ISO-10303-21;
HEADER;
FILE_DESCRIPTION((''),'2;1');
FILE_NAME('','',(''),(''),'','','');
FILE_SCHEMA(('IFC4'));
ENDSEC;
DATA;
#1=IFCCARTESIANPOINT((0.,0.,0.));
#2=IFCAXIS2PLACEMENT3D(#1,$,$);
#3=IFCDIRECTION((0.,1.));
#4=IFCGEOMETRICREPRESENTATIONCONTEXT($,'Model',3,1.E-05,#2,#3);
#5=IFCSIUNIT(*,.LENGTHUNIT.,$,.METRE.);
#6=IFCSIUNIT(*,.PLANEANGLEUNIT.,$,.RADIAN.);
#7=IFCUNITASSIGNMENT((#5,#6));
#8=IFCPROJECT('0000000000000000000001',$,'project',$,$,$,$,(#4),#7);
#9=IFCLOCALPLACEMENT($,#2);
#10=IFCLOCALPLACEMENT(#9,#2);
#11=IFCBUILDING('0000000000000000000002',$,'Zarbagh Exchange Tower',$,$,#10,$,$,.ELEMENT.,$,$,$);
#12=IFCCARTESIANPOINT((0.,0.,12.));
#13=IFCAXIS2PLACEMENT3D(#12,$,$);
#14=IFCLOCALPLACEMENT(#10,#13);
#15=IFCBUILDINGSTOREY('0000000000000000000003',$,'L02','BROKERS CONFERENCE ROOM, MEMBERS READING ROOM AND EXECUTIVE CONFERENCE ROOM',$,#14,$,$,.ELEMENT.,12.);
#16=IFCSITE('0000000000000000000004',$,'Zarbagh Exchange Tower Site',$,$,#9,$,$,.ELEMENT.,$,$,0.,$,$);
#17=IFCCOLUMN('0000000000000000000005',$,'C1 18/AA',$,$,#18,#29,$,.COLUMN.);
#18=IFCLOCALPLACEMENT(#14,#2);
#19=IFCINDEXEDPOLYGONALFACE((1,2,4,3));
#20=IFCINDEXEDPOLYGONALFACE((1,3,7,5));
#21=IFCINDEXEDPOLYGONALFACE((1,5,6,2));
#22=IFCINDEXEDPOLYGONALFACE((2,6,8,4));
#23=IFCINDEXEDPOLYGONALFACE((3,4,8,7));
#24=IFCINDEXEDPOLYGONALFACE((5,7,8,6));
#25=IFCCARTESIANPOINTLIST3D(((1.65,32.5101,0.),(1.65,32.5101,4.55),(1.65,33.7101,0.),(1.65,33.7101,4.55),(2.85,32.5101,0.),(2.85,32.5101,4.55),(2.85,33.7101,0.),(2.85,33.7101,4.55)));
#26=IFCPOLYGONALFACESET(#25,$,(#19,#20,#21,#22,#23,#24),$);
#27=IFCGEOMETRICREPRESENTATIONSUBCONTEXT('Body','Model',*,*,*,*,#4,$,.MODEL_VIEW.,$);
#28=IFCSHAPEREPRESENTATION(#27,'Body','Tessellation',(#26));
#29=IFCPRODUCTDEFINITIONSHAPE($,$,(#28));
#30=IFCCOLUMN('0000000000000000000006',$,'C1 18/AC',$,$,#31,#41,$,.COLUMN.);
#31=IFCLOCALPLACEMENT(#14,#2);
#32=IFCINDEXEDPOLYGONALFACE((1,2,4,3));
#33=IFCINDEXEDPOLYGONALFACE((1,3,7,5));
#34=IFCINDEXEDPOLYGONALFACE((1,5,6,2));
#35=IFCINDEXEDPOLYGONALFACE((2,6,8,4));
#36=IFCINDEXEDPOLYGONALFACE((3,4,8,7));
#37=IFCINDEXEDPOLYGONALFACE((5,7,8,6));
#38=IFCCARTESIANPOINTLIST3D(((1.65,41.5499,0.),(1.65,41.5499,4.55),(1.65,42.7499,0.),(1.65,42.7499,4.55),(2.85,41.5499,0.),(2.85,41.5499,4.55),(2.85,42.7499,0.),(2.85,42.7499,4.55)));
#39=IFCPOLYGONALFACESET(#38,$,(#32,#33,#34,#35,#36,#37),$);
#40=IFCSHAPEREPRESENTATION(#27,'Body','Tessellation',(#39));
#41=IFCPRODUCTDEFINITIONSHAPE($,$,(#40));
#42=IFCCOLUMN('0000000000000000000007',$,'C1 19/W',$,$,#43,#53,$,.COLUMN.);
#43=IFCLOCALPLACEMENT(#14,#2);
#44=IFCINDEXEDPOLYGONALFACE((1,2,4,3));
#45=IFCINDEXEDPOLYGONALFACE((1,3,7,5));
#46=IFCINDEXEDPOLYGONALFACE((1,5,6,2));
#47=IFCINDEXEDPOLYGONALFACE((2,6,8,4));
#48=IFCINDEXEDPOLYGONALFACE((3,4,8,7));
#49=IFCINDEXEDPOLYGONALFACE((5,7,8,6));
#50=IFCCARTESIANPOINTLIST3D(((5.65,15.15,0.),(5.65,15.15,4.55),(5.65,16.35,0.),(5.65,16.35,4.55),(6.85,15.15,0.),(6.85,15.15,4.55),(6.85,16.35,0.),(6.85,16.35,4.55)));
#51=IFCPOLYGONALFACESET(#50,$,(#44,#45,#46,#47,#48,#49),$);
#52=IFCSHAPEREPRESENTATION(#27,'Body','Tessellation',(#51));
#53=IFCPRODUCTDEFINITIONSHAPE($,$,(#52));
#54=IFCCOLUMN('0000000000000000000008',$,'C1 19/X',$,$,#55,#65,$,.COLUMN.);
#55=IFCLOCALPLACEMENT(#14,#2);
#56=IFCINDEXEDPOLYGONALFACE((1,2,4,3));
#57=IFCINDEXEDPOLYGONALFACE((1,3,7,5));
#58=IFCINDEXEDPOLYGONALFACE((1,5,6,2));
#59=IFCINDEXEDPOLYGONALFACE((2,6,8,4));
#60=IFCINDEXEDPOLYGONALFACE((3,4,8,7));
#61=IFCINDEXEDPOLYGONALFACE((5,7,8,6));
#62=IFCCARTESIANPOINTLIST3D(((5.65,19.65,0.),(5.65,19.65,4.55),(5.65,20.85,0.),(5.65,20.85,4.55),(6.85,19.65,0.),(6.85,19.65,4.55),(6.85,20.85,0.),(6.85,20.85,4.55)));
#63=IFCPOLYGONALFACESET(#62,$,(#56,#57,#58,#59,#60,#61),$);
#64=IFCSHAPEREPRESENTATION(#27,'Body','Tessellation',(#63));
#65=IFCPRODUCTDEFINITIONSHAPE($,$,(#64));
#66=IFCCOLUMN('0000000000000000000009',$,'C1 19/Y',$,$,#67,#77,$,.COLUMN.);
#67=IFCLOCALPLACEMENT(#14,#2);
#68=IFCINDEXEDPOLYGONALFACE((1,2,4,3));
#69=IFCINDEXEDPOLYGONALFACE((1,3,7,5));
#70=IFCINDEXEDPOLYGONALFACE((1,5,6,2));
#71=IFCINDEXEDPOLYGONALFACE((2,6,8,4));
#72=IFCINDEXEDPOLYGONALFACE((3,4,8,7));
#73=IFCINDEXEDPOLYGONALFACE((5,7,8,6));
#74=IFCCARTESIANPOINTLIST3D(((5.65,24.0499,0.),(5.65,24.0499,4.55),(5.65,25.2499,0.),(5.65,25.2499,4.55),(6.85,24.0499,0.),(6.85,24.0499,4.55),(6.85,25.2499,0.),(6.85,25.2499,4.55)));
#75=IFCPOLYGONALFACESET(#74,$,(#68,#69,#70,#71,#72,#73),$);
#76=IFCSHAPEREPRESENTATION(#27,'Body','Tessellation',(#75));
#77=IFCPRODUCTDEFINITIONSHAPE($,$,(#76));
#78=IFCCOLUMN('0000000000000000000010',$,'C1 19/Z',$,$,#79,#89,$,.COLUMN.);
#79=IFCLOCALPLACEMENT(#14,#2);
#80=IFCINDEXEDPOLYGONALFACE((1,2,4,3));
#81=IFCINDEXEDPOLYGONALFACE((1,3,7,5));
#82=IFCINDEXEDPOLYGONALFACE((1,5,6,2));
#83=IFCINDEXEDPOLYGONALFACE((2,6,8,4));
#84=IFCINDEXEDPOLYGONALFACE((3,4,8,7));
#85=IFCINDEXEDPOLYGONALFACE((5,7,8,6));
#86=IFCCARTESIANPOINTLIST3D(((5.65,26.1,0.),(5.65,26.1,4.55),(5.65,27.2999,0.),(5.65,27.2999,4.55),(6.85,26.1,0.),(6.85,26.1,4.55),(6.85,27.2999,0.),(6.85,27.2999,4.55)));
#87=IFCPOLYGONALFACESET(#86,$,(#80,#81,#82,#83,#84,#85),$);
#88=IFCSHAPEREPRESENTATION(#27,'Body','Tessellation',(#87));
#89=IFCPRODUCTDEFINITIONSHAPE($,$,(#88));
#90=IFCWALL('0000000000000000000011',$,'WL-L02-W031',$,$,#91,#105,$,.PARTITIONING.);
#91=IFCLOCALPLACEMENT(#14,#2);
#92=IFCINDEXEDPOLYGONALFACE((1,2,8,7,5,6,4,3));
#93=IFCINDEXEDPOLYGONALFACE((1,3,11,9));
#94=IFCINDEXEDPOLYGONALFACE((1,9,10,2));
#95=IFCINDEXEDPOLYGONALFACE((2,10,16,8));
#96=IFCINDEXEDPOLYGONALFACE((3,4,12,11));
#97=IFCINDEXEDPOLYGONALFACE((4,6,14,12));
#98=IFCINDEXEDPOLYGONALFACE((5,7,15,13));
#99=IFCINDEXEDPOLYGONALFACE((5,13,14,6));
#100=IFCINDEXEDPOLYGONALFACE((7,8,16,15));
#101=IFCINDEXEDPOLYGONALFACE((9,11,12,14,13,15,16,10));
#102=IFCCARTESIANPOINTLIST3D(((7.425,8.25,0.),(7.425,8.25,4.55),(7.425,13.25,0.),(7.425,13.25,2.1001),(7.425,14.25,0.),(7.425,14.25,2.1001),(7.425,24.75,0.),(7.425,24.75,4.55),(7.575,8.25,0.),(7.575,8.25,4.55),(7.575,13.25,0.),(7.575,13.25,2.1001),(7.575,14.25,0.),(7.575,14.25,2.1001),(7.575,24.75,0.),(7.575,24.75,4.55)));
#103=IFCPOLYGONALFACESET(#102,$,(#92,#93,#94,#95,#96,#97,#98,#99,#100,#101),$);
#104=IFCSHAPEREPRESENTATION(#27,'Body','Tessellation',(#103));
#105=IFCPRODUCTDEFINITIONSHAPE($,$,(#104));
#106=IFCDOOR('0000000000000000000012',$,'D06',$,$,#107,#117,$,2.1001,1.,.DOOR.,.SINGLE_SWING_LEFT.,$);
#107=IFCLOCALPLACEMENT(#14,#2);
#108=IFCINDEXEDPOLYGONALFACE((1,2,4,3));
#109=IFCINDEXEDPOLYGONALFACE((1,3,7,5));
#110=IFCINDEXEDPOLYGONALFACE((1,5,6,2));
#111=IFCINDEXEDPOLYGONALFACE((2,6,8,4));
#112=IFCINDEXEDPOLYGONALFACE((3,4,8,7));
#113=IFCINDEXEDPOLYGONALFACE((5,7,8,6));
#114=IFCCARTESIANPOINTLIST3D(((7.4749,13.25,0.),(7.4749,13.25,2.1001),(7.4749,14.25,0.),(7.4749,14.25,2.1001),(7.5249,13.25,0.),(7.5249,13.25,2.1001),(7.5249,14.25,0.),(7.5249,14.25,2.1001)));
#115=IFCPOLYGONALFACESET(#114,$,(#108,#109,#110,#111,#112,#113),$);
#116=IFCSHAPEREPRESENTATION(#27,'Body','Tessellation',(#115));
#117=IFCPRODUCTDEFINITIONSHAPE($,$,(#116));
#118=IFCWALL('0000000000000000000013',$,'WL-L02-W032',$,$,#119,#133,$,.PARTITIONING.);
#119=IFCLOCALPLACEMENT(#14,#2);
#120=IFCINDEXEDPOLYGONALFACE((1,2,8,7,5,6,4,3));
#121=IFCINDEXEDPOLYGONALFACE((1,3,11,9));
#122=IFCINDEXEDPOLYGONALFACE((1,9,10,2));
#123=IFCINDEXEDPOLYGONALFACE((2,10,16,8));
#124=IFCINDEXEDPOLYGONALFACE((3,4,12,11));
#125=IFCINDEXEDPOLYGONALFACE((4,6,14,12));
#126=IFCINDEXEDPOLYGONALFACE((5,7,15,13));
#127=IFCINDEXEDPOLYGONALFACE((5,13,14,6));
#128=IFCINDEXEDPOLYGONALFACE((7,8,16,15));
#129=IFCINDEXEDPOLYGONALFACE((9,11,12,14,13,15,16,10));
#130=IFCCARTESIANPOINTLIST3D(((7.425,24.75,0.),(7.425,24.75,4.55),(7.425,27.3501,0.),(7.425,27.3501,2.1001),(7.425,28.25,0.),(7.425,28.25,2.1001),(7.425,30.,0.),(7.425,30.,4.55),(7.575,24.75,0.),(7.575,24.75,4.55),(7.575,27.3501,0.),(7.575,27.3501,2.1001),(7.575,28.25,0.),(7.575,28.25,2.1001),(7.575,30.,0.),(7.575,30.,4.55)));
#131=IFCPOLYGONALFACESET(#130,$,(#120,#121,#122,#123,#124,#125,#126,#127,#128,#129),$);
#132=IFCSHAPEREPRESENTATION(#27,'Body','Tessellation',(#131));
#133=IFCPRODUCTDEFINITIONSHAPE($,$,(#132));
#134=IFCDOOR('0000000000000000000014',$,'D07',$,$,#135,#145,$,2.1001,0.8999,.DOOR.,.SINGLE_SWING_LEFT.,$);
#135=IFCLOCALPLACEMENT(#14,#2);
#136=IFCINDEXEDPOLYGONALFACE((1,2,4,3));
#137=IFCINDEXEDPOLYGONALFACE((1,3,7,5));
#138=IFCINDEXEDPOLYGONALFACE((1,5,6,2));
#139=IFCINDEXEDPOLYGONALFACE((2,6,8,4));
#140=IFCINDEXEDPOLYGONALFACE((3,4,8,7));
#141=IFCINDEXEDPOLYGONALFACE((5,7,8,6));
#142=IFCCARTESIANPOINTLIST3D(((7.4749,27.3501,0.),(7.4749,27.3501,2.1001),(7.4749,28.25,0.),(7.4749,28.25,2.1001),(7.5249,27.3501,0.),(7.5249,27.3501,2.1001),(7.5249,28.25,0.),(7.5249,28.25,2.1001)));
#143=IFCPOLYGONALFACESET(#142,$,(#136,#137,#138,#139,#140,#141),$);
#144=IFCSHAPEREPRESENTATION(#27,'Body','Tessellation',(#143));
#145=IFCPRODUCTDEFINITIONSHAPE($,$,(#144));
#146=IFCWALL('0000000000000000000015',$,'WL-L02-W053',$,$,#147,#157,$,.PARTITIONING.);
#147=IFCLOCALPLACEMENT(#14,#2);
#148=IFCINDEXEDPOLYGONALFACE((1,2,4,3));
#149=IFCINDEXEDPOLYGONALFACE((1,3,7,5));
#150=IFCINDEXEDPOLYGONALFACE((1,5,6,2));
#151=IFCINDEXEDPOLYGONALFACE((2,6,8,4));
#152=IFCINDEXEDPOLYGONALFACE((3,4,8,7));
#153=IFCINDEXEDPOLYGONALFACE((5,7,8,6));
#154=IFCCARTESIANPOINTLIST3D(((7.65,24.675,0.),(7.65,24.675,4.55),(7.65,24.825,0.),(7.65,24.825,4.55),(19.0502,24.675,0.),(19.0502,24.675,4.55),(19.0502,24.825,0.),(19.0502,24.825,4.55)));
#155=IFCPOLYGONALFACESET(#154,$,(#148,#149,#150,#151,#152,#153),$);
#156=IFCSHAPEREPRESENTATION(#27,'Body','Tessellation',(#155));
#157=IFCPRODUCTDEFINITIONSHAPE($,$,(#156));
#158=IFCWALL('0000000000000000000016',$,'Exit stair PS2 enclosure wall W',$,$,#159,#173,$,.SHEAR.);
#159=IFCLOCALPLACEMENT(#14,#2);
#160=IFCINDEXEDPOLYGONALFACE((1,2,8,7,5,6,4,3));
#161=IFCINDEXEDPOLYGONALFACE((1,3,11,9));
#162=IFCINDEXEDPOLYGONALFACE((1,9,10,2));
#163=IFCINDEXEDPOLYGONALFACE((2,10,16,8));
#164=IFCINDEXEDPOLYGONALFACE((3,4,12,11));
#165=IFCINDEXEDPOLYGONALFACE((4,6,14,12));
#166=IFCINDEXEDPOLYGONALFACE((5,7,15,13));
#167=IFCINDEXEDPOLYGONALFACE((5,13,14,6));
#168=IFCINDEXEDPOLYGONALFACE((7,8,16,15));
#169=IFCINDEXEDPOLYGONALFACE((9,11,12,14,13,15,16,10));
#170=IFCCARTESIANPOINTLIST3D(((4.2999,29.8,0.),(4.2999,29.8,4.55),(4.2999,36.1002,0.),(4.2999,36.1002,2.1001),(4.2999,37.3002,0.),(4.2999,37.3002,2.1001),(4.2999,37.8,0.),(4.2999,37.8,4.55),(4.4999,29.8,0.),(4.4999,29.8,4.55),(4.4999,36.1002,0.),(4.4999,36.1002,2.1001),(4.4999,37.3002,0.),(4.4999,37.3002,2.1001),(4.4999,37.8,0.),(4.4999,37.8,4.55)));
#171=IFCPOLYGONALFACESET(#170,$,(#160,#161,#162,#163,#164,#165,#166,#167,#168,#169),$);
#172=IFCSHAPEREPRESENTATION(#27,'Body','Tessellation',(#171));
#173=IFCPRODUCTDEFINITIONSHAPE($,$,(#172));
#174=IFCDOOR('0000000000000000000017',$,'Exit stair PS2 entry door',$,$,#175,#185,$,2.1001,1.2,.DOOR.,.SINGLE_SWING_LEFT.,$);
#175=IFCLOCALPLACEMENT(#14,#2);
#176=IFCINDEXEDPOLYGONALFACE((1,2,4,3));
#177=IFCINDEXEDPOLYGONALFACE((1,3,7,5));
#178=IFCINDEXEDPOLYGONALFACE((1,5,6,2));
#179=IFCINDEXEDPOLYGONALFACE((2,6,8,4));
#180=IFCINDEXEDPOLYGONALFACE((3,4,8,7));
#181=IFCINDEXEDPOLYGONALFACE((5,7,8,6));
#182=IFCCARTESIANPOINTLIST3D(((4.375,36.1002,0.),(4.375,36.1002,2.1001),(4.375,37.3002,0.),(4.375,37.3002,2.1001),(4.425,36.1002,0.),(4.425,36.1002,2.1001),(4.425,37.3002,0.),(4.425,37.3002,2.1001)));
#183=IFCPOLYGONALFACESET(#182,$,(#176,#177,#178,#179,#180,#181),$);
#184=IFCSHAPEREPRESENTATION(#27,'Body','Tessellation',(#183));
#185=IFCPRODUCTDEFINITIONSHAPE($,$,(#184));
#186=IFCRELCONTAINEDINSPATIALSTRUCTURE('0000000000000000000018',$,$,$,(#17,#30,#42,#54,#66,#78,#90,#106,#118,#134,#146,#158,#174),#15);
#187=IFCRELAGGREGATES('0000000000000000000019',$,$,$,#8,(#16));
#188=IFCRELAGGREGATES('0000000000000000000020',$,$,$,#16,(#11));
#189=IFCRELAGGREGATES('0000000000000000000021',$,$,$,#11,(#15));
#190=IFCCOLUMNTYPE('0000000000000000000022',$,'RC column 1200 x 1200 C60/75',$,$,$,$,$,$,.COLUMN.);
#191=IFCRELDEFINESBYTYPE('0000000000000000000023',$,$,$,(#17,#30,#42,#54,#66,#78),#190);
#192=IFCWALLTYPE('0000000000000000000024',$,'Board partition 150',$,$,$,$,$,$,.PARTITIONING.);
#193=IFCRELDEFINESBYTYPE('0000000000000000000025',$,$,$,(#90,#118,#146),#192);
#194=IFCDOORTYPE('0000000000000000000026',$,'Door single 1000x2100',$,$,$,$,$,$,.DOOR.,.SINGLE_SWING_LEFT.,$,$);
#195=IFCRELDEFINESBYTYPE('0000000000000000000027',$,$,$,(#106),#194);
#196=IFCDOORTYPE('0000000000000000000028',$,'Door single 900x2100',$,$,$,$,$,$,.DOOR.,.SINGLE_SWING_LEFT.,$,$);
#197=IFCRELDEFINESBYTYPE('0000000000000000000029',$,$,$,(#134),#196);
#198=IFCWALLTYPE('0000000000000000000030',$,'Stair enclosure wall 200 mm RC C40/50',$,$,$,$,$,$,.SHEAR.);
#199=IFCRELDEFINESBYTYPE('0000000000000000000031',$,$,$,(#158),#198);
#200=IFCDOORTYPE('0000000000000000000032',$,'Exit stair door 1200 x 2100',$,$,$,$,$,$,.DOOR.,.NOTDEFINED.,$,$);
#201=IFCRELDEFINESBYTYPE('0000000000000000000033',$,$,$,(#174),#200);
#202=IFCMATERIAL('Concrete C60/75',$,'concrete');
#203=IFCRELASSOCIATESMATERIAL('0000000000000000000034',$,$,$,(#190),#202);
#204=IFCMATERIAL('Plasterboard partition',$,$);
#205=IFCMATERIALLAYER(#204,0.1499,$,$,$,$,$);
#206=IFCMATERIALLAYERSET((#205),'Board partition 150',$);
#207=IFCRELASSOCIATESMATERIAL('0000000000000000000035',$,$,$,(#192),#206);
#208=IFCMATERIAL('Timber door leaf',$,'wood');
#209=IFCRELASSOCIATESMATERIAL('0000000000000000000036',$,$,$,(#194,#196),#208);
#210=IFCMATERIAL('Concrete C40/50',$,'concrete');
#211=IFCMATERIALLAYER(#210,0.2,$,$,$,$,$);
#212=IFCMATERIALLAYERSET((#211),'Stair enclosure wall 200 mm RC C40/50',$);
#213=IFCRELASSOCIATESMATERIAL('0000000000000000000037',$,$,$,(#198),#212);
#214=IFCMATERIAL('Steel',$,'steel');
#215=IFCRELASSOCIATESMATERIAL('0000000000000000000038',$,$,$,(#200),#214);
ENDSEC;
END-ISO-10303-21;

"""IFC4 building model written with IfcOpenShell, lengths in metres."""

from ifc_helpers import new_model, si_unit, direction, frame, frame_2d, origin, origin_2d, place, context, subcontext, project, spatial, rectangle, extrude, material, layer, layer_set, material_profile, profile_set, type_object, element, fill, save


model = new_model("IFC4")

# Units and contexts
model_context = context("Model", 3, precision=1e-05, world=origin(), true_north=direction((0.0, 1.0)))
body_context = subcontext(model_context, "Body", "Model", "MODEL_VIEW")
ifc_project = project(units=[si_unit("LENGTHUNIT", "METRE"), si_unit("PLANEANGLEUNIT", "RADIAN")], contexts=[model_context])

# Site, building, storey
site_placement = place(None, origin())
site = spatial("IfcSite", under=ifc_project, at=site_placement, Name="Zarbagh Exchange Tower Site", CompositionType="ELEMENT", RefElevation=0.0)
building_placement = place(site_placement, origin())
building = spatial("IfcBuilding", under=site, at=building_placement, Name="Zarbagh Exchange Tower", CompositionType="ELEMENT")
storey_placement = place(building_placement, frame((0.0, 0.0, 12.0)))
storey = spatial("IfcBuildingStorey", under=building, at=storey_placement, Name="L02", Description="BROKERS CONFERENCE ROOM, MEMBERS READING ROOM AND EXECUTIVE CONFERENCE ROOM", CompositionType="ELEMENT", Elevation=12.0)

# Columns
ifc_material_1 = material(Name="Concrete C60/75", Category="concrete")
ifc_material_profile = material_profile(ifc_material_1, rectangle(XDim=1.2, YDim=1.2, at=origin_2d()), Name="RC column 1200 x 1200 C60/75")
ifc_profile_set = profile_set([ifc_material_profile], Name="Concrete C60/75")
column_type = type_object("IfcColumnType", Name="RC column 1200 x 1200 C60/75", PredefinedType="COLUMN", material=ifc_profile_set)
for number, where, z_axis, x_axis, name in (
    (1, (2.25, 33.1101, 0.0), (0.0, 0.0, 1.0), (1.0, 0.0, 0.0), "C1 18/AA"),
    (2, (2.25, 42.1499, 0.0), (0.0, 0.0, 1.0), (1.0, 0.0, 0.0), "C1 18/AC"),
    (3, (6.25, 15.75, 0.0), (0.0, 0.0, 1.0), (1.0, 0.0, 0.0), "C1 19/W"),
    (4, (6.25, 20.25, 0.0), (0.0, 0.0, 1.0), (1.0, 0.0, 0.0), "C1 19/X"),
    (5, (6.25, 24.6499, 0.0), (0.0, 0.0, 1.0), (1.0, 0.0, 0.0), "C1 19/Y"),
    (6, (6.25, 26.7, 0.0), (0.0, 0.0, 1.0), (1.0, 0.0, 0.0), "C1 19/Z"),
):
    element("IfcColumn", number, at=place(storey_placement, frame(where, z_axis=z_axis, x_axis=x_axis)), inside=storey, type_object=column_type, Name=name, PredefinedType="COLUMN", context=body_context, shape_type="SweptSolid", body=[
        extrude(rectangle(XDim=1.2, YDim=1.2, at=origin_2d()), origin(), (0.0, 0.0, 1.0), 4.55),
    ])

# Walls, openings, doors
ifc_material_2 = material(Name="Plasterboard partition")
ifc_layer_1 = layer(ifc_material_2, 0.1499)
ifc_layer_set_1 = layer_set([ifc_layer_1], Name="Board partition 150")
wall_type_1 = type_object("IfcWallType", Name="Board partition 150", PredefinedType="PARTITIONING", material=ifc_layer_set_1)
wall_1_placement = place(storey_placement, frame((7.5, 24.75, 0.0), z_axis=(0.0, 0.0, 1.0), x_axis=(0.0, -1.0, 0.0)))
wall_1 = element("IfcWall", 7, at=wall_1_placement, inside=storey, type_object=wall_type_1, Name="WL-L02-W031", PredefinedType="PARTITIONING", context=body_context, shape_type="SweptSolid", body=[
    extrude(rectangle(XDim=16.5, YDim=0.1499, at=frame_2d((8.25, 0.0))), origin(), (0.0, 0.0, 1.0), 4.55),
])
opening_1_placement = place(wall_1_placement, frame((10.5, 0.0, 0.0)))
opening_1 = element("IfcOpeningElement", 8, at=opening_1_placement, cuts=wall_1, PredefinedType="OPENING", context=body_context, shape_type="SweptSolid", body=[
    extrude(rectangle(XDim=1.0, YDim=2.1001, at=frame_2d((0.5, 1.05))), frame((0.0, 0.085, 0.0), z_axis=(0.0, -1.0, 0.0), x_axis=(1.0, 0.0, 0.0)), (0.0, 0.0, 1.0), 0.1699),
])
ifc_material_3 = material(Name="Timber door leaf", Category="wood")
door_type_1 = type_object("IfcDoorType", Name="Door single 1000x2100", OperationType="SINGLE_SWING_LEFT", PredefinedType="DOOR", material=ifc_material_3)
door_1_placement = place(opening_1_placement, origin())
door_1 = element("IfcDoor", 9, at=door_1_placement, inside=storey, type_object=door_type_1, Name="D06", OperationType="SINGLE_SWING_LEFT", OverallHeight=2.1001, OverallWidth=1.0, PredefinedType="DOOR", context=body_context, shape_type="SweptSolid", body=[
    extrude(rectangle(XDim=1.0, YDim=2.1001, at=frame_2d((0.5, 1.05))), frame((0.0, 0.0249, 0.0), z_axis=(0.0, -1.0, 0.0), x_axis=(1.0, 0.0, 0.0)), (0.0, 0.0, 1.0), 0.05),
])
fill(opening_1, door_1)
wall_2_placement = place(storey_placement, frame((7.5, 30.0, 0.0), z_axis=(0.0, 0.0, 1.0), x_axis=(0.0, -1.0, 0.0)))
wall_2 = element("IfcWall", 10, at=wall_2_placement, inside=storey, type_object=wall_type_1, Name="WL-L02-W032", PredefinedType="PARTITIONING", context=body_context, shape_type="SweptSolid", body=[
    extrude(rectangle(XDim=5.25, YDim=0.1499, at=frame_2d((2.625, 0.0))), origin(), (0.0, 0.0, 1.0), 4.55),
])
opening_2_placement = place(wall_2_placement, frame((1.75, 0.0, 0.0)))
opening_2 = element("IfcOpeningElement", 11, at=opening_2_placement, cuts=wall_2, PredefinedType="OPENING", context=body_context, shape_type="SweptSolid", body=[
    extrude(rectangle(XDim=0.8999, YDim=2.1001, at=frame_2d((0.45, 1.05))), frame((0.0, 0.085, 0.0), z_axis=(0.0, -1.0, 0.0), x_axis=(1.0, 0.0, 0.0)), (0.0, 0.0, 1.0), 0.1699),
])
door_type_2 = type_object("IfcDoorType", Name="Door single 900x2100", OperationType="SINGLE_SWING_LEFT", PredefinedType="DOOR", material=ifc_material_3)
door_2_placement = place(opening_2_placement, origin())
door_2 = element("IfcDoor", 12, at=door_2_placement, inside=storey, type_object=door_type_2, Name="D07", OperationType="SINGLE_SWING_LEFT", OverallHeight=2.1001, OverallWidth=0.8999, PredefinedType="DOOR", context=body_context, shape_type="SweptSolid", body=[
    extrude(rectangle(XDim=0.8999, YDim=2.1001, at=frame_2d((0.45, 1.05))), frame((0.0, 0.0249, 0.0), z_axis=(0.0, -1.0, 0.0), x_axis=(1.0, 0.0, 0.0)), (0.0, 0.0, 1.0), 0.05),
])
fill(opening_2, door_2)

# Wall
wall_3_placement = place(storey_placement, frame((7.6499, 24.75, 0.0), z_axis=(0.0, 0.0, 1.0), x_axis=(1.0, 0.0, 0.0)))
element("IfcWall", 13, at=wall_3_placement, inside=storey, type_object=wall_type_1, Name="WL-L02-W053", PredefinedType="PARTITIONING", context=body_context, shape_type="SweptSolid", body=[
    extrude(rectangle(XDim=11.4001, YDim=0.1499, at=frame_2d((5.7002, 0.0))), origin(), (0.0, 0.0, 1.0), 4.55),
])

# Wall, opening, door
ifc_material_4 = material(Name="Concrete C40/50", Category="concrete")
ifc_layer_2 = layer(ifc_material_4, 0.2)
ifc_layer_set_2 = layer_set([ifc_layer_2], Name="Stair enclosure wall 200 mm RC C40/50")
wall_type_2 = type_object("IfcWallType", Name="Stair enclosure wall 200 mm RC C40/50", PredefinedType="SHEAR", material=ifc_layer_set_2)
wall_4_placement = place(storey_placement, frame((4.3999, 29.8, 0.0), z_axis=(0.0, 0.0, 1.0), x_axis=(0.0, 1.0, 0.0)))
wall_4 = element("IfcWall", 14, at=wall_4_placement, inside=storey, type_object=wall_type_2, Name="Exit stair PS2 enclosure wall W", PredefinedType="SHEAR", context=body_context, shape_type="SweptSolid", body=[
    extrude(rectangle(XDim=8.0, YDim=0.2, at=frame_2d((4.0, 0.0))), origin(), (0.0, 0.0, 1.0), 4.55),
])
opening_3_placement = place(wall_4_placement, frame((6.3, 0.0, 0.0)))
opening_3 = element("IfcOpeningElement", 15, at=opening_3_placement, cuts=wall_4, PredefinedType="OPENING", context=body_context, shape_type="SweptSolid", body=[
    extrude(rectangle(XDim=1.2, YDim=2.1001, at=frame_2d((0.6001, 1.05))), frame((0.0, 0.1099, 0.0), z_axis=(0.0, -1.0, 0.0), x_axis=(1.0, 0.0, 0.0)), (0.0, 0.0, 1.0), 0.22),
])
ifc_material_5 = material(Name="Steel", Category="steel")
door_type_3 = type_object("IfcDoorType", Name="Exit stair door 1200 x 2100", OperationType="NOTDEFINED", PredefinedType="DOOR", material=ifc_material_5)
door_3_placement = place(opening_3_placement, origin())
door_3 = element("IfcDoor", 16, at=door_3_placement, inside=storey, type_object=door_type_3, Name="Exit stair PS2 entry door", OperationType="SINGLE_SWING_LEFT", OverallHeight=2.1001, OverallWidth=1.2, PredefinedType="DOOR", context=body_context, shape_type="SweptSolid", body=[
    extrude(rectangle(XDim=1.2, YDim=2.1001, at=frame_2d((0.6001, 1.05))), frame((0.0, 0.0249, 0.0), z_axis=(0.0, -1.0, 0.0), x_axis=(1.0, 0.0, 0.0)), (0.0, 0.0, 1.0), 0.05),
])
fill(opening_3, door_3)

save(model, "model.ifc")
